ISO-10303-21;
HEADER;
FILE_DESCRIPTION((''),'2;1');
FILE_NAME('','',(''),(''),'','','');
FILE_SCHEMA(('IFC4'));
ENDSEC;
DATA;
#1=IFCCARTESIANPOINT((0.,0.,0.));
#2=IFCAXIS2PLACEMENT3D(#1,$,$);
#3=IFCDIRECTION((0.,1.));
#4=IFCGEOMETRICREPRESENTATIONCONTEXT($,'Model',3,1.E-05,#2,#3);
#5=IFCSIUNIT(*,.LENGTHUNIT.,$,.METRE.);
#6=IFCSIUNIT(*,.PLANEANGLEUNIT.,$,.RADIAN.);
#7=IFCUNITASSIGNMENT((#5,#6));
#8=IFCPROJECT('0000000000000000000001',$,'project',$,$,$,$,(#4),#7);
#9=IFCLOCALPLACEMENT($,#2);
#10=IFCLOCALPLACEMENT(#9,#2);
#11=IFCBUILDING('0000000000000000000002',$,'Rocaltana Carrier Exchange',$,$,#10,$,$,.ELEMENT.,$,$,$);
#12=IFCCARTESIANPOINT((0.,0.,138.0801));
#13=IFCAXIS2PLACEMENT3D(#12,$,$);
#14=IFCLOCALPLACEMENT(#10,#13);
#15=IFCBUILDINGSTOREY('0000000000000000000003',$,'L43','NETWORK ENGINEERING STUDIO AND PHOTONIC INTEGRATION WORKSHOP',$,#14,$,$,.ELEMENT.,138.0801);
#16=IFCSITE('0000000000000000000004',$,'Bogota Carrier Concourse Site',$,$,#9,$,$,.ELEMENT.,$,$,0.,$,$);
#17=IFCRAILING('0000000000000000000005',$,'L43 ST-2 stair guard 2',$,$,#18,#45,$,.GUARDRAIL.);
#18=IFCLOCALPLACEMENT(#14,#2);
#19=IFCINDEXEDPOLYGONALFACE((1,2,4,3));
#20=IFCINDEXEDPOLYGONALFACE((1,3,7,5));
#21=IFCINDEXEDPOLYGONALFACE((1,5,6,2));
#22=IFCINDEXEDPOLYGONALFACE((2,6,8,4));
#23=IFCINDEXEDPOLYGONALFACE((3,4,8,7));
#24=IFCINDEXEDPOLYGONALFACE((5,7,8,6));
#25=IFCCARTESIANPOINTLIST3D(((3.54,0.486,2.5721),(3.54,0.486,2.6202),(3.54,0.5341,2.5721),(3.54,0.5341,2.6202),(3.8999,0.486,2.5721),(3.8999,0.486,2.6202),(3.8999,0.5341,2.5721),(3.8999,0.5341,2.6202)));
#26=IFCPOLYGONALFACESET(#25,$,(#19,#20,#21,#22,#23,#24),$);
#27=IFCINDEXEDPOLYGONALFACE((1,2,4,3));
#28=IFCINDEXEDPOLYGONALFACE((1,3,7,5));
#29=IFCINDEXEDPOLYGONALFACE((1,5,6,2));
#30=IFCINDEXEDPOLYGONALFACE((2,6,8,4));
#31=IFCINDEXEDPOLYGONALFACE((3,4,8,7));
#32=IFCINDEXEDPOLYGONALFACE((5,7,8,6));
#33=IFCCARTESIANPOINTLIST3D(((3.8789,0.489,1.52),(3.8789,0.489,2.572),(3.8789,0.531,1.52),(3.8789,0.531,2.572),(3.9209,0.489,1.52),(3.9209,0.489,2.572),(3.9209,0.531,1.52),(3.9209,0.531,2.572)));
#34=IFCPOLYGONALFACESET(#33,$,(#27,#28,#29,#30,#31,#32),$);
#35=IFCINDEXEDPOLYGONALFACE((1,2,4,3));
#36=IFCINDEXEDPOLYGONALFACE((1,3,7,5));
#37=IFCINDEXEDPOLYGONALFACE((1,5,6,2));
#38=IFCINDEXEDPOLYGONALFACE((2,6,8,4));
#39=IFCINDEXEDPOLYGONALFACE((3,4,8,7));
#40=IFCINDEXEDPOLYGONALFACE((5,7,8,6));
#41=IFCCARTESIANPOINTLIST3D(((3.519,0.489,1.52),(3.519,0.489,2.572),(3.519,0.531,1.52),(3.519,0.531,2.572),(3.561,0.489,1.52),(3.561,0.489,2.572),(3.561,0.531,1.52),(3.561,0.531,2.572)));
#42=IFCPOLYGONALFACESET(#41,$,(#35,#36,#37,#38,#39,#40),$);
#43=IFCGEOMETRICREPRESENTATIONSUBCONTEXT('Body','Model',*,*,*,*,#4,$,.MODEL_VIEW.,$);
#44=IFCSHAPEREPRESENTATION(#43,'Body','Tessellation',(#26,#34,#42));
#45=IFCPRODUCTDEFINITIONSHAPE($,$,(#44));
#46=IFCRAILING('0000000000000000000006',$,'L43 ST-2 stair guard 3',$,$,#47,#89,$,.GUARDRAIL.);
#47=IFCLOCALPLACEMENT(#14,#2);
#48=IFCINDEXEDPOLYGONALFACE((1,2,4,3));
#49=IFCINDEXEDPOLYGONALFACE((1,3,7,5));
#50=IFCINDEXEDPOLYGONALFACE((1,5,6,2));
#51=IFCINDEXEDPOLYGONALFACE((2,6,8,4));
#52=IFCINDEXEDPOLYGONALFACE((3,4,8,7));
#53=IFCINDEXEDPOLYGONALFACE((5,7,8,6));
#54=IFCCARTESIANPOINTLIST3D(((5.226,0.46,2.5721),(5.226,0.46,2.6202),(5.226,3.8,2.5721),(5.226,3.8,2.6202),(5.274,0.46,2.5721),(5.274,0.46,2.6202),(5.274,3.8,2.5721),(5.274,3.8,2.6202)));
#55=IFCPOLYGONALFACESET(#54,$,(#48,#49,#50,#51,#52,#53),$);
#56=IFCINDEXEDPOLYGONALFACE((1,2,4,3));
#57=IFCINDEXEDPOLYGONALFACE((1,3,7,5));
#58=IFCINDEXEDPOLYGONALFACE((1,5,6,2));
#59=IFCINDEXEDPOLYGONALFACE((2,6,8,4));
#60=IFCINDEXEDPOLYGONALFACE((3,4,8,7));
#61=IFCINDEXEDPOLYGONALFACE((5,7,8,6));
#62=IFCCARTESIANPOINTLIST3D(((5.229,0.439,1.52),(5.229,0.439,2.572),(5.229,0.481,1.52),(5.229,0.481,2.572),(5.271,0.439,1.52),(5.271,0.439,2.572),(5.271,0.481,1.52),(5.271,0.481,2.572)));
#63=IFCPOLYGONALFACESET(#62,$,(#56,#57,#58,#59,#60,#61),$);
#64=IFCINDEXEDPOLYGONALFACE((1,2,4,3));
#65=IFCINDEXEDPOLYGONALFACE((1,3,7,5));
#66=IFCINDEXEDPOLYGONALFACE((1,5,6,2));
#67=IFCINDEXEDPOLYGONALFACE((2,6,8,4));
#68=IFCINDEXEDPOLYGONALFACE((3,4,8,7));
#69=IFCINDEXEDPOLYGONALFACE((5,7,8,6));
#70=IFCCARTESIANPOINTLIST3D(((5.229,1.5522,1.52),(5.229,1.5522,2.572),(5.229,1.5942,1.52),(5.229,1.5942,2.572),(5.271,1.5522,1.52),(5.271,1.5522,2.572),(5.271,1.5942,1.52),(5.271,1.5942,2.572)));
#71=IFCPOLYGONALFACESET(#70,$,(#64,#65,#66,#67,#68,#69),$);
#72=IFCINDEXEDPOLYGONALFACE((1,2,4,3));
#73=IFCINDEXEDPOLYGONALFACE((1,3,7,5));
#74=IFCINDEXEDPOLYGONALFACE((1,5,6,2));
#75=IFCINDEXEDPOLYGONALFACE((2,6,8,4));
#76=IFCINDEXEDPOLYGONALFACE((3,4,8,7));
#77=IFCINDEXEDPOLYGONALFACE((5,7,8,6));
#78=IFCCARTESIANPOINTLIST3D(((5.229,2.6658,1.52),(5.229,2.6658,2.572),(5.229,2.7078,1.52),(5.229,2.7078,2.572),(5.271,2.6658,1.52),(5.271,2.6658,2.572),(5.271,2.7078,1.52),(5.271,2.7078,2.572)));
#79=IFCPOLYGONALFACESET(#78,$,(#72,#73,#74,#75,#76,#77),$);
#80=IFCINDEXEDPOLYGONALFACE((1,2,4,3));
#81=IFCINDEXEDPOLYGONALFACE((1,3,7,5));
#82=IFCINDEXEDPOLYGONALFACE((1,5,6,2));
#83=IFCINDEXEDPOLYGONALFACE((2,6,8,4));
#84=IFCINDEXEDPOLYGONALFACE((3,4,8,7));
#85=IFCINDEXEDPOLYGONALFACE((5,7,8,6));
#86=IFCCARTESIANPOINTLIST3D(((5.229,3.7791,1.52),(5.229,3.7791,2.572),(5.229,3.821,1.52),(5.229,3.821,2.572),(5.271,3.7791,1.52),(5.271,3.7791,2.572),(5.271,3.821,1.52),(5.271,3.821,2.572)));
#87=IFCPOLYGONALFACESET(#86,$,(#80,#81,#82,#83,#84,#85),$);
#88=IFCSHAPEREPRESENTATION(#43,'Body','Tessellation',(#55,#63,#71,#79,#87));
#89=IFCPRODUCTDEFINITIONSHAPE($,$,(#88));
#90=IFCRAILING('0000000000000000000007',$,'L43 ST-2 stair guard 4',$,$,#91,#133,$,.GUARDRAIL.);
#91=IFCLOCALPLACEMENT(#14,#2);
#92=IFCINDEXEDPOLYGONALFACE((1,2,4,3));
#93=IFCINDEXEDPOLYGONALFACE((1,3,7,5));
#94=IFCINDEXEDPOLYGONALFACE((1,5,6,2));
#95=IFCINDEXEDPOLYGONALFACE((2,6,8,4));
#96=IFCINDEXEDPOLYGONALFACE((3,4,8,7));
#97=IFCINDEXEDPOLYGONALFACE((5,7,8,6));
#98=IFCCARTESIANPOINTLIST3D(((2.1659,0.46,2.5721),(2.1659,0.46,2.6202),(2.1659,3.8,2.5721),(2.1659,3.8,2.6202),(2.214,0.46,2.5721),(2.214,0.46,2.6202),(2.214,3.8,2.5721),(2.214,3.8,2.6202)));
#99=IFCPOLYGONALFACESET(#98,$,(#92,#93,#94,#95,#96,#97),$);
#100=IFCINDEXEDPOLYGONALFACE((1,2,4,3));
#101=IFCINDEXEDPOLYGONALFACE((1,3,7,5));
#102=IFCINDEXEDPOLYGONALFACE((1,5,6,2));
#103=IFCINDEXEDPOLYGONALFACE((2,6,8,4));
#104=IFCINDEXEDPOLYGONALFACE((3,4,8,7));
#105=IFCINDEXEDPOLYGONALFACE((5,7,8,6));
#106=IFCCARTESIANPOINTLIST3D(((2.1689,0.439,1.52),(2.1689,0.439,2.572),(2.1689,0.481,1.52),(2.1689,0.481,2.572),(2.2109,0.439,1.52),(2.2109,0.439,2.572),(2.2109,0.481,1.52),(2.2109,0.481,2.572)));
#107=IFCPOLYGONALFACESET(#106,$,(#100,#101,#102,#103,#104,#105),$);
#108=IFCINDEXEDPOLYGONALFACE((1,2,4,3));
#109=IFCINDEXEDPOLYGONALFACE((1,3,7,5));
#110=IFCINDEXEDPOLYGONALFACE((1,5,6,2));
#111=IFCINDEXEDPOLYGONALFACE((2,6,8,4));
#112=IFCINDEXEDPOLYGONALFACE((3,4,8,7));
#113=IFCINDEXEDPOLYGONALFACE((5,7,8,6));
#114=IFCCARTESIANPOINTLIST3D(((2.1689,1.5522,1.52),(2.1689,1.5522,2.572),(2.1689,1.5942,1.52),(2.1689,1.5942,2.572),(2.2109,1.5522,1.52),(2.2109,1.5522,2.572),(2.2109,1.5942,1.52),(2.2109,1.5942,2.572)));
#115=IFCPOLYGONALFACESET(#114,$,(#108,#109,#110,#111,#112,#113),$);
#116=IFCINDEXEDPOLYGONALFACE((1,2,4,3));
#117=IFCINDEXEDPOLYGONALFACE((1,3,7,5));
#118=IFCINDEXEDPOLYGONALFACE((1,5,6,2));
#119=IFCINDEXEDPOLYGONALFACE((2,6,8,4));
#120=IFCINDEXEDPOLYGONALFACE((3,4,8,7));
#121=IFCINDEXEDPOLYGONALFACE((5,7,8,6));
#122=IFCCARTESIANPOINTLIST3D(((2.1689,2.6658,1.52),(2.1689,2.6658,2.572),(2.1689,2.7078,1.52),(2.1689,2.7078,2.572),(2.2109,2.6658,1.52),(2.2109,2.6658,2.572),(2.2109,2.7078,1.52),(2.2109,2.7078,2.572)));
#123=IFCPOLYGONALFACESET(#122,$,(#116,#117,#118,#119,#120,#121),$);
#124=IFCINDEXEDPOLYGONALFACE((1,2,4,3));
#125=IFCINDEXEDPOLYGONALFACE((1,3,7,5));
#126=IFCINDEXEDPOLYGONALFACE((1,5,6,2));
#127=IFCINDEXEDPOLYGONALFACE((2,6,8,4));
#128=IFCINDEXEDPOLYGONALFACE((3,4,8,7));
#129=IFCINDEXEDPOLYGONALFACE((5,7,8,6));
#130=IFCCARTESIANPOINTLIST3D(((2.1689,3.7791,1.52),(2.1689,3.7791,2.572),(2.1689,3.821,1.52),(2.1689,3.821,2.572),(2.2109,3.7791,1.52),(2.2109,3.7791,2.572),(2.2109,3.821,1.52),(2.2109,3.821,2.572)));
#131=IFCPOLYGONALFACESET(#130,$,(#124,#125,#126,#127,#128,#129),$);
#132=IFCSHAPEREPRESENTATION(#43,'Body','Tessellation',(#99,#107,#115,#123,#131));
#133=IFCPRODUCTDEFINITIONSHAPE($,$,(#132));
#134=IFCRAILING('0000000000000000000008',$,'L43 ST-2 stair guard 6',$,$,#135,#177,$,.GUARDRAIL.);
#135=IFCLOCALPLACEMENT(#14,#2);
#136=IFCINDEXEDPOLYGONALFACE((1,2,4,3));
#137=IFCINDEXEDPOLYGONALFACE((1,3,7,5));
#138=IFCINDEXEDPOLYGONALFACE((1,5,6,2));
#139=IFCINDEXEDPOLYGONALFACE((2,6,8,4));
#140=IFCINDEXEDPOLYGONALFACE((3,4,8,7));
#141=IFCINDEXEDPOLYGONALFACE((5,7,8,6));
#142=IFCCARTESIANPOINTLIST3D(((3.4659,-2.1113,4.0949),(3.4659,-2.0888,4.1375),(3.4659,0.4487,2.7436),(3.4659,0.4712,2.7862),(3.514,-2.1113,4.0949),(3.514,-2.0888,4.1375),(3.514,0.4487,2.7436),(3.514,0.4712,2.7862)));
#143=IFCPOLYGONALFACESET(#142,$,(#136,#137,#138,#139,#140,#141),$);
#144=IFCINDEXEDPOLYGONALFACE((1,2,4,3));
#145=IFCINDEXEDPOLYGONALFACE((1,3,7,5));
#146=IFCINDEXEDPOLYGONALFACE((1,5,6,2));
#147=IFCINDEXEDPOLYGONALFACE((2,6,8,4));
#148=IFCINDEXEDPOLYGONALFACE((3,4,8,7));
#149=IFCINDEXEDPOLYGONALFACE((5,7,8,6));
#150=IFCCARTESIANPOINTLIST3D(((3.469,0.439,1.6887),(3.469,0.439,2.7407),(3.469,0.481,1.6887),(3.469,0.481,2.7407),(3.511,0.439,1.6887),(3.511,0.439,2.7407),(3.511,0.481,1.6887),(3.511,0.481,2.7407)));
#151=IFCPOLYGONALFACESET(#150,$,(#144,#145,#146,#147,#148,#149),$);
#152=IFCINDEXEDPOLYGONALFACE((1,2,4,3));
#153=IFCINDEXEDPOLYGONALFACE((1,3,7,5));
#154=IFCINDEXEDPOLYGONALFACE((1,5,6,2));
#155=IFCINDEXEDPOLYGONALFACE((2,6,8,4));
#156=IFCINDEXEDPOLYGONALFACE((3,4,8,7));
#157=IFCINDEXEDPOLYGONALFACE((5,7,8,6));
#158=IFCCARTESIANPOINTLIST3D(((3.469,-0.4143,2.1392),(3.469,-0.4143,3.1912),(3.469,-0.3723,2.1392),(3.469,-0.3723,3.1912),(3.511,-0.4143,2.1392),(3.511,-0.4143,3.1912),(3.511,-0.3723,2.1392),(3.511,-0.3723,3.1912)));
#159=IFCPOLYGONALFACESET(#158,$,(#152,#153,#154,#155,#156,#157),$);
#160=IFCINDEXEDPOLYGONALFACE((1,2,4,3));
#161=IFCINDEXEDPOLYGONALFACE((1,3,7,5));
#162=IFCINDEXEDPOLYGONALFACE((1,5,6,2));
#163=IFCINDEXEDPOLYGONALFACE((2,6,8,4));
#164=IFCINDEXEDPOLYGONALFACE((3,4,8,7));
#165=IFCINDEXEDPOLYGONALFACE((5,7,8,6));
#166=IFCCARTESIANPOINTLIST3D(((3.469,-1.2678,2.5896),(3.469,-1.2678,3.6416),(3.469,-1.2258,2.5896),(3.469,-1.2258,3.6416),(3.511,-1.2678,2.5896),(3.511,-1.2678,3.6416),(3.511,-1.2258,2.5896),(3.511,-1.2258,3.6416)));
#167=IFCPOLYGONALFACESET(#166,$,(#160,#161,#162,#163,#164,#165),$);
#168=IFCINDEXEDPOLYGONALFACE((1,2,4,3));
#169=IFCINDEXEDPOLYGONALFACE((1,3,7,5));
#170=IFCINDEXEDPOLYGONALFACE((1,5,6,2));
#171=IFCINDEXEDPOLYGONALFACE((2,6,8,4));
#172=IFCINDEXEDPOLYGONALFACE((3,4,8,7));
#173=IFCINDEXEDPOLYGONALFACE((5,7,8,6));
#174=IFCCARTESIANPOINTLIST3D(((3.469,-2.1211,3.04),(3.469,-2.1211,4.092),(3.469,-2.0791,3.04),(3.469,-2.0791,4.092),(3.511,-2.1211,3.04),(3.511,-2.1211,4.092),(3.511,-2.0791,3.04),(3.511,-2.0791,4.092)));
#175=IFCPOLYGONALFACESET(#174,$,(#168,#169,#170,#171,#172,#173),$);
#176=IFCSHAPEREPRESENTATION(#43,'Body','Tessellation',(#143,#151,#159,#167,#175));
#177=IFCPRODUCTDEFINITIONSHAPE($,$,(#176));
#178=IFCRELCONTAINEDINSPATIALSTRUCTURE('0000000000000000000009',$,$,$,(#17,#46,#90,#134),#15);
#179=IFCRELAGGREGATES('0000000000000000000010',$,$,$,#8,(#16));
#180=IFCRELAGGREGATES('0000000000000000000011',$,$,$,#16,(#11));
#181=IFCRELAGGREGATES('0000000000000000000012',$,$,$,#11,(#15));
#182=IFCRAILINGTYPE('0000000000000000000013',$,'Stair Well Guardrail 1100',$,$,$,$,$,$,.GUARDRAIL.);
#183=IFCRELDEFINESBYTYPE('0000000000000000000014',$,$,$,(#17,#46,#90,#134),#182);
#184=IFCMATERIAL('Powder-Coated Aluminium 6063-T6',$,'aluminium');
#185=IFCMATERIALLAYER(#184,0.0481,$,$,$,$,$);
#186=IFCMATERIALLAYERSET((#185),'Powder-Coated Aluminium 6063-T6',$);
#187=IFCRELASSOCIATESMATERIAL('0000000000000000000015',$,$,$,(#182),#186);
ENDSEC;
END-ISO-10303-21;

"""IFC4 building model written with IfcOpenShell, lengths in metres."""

from ifc_helpers import new_model, si_unit, direction, frame, origin, origin_2d, place, context, subcontext, project, spatial, rectangle, extrude, material, layer, layer_set, type_object, element, save


model = new_model("IFC4")

# Units and contexts
model_context = context("Model", 3, precision=1e-05, world=origin(), true_north=direction((0.0, 1.0)))
body_context = subcontext(model_context, "Body", "Model", "MODEL_VIEW")
ifc_project = project(units=[si_unit("LENGTHUNIT", "METRE"), si_unit("PLANEANGLEUNIT", "RADIAN")], contexts=[model_context])

# Site, building, storey
site_placement = place(None, origin())
site = spatial("IfcSite", under=ifc_project, at=site_placement, Name="Bogota Carrier Concourse Site", CompositionType="ELEMENT", RefElevation=0.0)
building_placement = place(site_placement, origin())
building = spatial("IfcBuilding", under=site, at=building_placement, Name="Rocaltana Carrier Exchange", CompositionType="ELEMENT")
storey_placement = place(building_placement, frame((0.0, 0.0, 138.0801)))
storey = spatial("IfcBuildingStorey", under=building, at=storey_placement, Name="L43", Description="NETWORK ENGINEERING STUDIO AND PHOTONIC INTEGRATION WORKSHOP", CompositionType="ELEMENT", Elevation=138.0801)

# Railings
ifc_material_1 = material(Name="Powder-Coated Aluminium 6063-T6", Category="aluminium")
ifc_layer_1 = layer(ifc_material_1, 0.0481)
ifc_layer_set_1 = layer_set([ifc_layer_1], Name="Powder-Coated Aluminium 6063-T6")
railing_type_1 = type_object("IfcRailingType", Name="Stair Well Guardrail 1100", PredefinedType="GUARDRAIL", material=ifc_layer_set_1)
railing_1_placement = place(storey_placement, frame((3.8999, 0.51, 1.52)))
element("IfcRailing", 1, at=railing_1_placement, inside=storey, type_object=railing_type_1, Name="L43 ST-2 stair guard 2", PredefinedType="GUARDRAIL", context=body_context, shape_type="SweptSolid", body=[
    extrude(rectangle(XDim=0.0481, YDim=0.0481, at=origin_2d()), frame((0.0, 0.0, 1.0762), z_axis=(-1.0, 0.0, 0.0), x_axis=(0.0, -1.0, 0.0)), (0.0, 0.0, 1.0), 0.3599),
    extrude(rectangle(XDim=0.042, YDim=0.042, at=origin_2d()), origin(), (0.0, 0.0, 1.0), 1.052),
    extrude(rectangle(XDim=0.042, YDim=0.042, at=origin_2d()), frame((-0.3599, 0.0, 0.0)), (0.0, 0.0, 1.0), 1.052),
])
for number, where, name in (
    (2, (5.25, 0.46, 1.52), "L43 ST-2 stair guard 3"),
    (3, (2.1899, 0.46, 1.52), "L43 ST-2 stair guard 4"),
):
    element("IfcRailing", number, at=place(storey_placement, frame(where)), inside=storey, type_object=railing_type_1, Name=name, PredefinedType="GUARDRAIL", context=body_context, shape_type="SweptSolid", body=[
        extrude(rectangle(XDim=0.0481, YDim=0.0481, at=origin_2d()), frame((0.0, 0.0, 1.0762), z_axis=(0.0, 1.0, 0.0), x_axis=(-1.0, 0.0, 0.0)), (0.0, 0.0, 1.0), 3.3401),
        extrude(rectangle(XDim=0.042, YDim=0.042, at=origin_2d()), origin(), (0.0, 0.0, 1.0), 1.052),
        extrude(rectangle(XDim=0.042, YDim=0.042, at=origin_2d()), frame((0.0, 1.1133, 0.0)), (0.0, 0.0, 1.0), 1.052),
        extrude(rectangle(XDim=0.042, YDim=0.042, at=origin_2d()), frame((0.0, 2.2268, 0.0)), (0.0, 0.0, 1.0), 1.052),
        extrude(rectangle(XDim=0.042, YDim=0.042, at=origin_2d()), frame((0.0, 3.3401, 0.0)), (0.0, 0.0, 1.0), 1.052),
    ])
railing_2_placement = place(storey_placement, frame((3.49, 0.46, 1.6887)))
element("IfcRailing", 4, at=railing_2_placement, inside=storey, type_object=railing_type_1, Name="L43 ST-2 stair guard 6", PredefinedType="GUARDRAIL", context=body_context, shape_type="SweptSolid", body=[
    extrude(rectangle(XDim=0.0481, YDim=0.0481, at=origin_2d()), frame((0.0, 0.0, 1.0762), z_axis=(0.0, -0.88436, 0.466806), x_axis=(1.0, 0.0, 0.0)), (0.0, 0.0, 1.0), 2.8948),
    extrude(rectangle(XDim=0.042, YDim=0.042, at=origin_2d()), origin(), (0.0, 0.0, 1.0), 1.052),
    extrude(rectangle(XDim=0.042, YDim=0.042, at=origin_2d()), frame((0.0, -0.8533, 0.4504)), (0.0, 0.0, 1.0), 1.052),
    extrude(rectangle(XDim=0.042, YDim=0.042, at=origin_2d()), frame((0.0, -1.7068, 0.9009)), (0.0, 0.0, 1.0), 1.052),
    extrude(rectangle(XDim=0.042, YDim=0.042, at=origin_2d()), frame((0.0, -2.5601, 1.3513)), (0.0, 0.0, 1.0), 1.052),
])

save(model, "model.ifc")
